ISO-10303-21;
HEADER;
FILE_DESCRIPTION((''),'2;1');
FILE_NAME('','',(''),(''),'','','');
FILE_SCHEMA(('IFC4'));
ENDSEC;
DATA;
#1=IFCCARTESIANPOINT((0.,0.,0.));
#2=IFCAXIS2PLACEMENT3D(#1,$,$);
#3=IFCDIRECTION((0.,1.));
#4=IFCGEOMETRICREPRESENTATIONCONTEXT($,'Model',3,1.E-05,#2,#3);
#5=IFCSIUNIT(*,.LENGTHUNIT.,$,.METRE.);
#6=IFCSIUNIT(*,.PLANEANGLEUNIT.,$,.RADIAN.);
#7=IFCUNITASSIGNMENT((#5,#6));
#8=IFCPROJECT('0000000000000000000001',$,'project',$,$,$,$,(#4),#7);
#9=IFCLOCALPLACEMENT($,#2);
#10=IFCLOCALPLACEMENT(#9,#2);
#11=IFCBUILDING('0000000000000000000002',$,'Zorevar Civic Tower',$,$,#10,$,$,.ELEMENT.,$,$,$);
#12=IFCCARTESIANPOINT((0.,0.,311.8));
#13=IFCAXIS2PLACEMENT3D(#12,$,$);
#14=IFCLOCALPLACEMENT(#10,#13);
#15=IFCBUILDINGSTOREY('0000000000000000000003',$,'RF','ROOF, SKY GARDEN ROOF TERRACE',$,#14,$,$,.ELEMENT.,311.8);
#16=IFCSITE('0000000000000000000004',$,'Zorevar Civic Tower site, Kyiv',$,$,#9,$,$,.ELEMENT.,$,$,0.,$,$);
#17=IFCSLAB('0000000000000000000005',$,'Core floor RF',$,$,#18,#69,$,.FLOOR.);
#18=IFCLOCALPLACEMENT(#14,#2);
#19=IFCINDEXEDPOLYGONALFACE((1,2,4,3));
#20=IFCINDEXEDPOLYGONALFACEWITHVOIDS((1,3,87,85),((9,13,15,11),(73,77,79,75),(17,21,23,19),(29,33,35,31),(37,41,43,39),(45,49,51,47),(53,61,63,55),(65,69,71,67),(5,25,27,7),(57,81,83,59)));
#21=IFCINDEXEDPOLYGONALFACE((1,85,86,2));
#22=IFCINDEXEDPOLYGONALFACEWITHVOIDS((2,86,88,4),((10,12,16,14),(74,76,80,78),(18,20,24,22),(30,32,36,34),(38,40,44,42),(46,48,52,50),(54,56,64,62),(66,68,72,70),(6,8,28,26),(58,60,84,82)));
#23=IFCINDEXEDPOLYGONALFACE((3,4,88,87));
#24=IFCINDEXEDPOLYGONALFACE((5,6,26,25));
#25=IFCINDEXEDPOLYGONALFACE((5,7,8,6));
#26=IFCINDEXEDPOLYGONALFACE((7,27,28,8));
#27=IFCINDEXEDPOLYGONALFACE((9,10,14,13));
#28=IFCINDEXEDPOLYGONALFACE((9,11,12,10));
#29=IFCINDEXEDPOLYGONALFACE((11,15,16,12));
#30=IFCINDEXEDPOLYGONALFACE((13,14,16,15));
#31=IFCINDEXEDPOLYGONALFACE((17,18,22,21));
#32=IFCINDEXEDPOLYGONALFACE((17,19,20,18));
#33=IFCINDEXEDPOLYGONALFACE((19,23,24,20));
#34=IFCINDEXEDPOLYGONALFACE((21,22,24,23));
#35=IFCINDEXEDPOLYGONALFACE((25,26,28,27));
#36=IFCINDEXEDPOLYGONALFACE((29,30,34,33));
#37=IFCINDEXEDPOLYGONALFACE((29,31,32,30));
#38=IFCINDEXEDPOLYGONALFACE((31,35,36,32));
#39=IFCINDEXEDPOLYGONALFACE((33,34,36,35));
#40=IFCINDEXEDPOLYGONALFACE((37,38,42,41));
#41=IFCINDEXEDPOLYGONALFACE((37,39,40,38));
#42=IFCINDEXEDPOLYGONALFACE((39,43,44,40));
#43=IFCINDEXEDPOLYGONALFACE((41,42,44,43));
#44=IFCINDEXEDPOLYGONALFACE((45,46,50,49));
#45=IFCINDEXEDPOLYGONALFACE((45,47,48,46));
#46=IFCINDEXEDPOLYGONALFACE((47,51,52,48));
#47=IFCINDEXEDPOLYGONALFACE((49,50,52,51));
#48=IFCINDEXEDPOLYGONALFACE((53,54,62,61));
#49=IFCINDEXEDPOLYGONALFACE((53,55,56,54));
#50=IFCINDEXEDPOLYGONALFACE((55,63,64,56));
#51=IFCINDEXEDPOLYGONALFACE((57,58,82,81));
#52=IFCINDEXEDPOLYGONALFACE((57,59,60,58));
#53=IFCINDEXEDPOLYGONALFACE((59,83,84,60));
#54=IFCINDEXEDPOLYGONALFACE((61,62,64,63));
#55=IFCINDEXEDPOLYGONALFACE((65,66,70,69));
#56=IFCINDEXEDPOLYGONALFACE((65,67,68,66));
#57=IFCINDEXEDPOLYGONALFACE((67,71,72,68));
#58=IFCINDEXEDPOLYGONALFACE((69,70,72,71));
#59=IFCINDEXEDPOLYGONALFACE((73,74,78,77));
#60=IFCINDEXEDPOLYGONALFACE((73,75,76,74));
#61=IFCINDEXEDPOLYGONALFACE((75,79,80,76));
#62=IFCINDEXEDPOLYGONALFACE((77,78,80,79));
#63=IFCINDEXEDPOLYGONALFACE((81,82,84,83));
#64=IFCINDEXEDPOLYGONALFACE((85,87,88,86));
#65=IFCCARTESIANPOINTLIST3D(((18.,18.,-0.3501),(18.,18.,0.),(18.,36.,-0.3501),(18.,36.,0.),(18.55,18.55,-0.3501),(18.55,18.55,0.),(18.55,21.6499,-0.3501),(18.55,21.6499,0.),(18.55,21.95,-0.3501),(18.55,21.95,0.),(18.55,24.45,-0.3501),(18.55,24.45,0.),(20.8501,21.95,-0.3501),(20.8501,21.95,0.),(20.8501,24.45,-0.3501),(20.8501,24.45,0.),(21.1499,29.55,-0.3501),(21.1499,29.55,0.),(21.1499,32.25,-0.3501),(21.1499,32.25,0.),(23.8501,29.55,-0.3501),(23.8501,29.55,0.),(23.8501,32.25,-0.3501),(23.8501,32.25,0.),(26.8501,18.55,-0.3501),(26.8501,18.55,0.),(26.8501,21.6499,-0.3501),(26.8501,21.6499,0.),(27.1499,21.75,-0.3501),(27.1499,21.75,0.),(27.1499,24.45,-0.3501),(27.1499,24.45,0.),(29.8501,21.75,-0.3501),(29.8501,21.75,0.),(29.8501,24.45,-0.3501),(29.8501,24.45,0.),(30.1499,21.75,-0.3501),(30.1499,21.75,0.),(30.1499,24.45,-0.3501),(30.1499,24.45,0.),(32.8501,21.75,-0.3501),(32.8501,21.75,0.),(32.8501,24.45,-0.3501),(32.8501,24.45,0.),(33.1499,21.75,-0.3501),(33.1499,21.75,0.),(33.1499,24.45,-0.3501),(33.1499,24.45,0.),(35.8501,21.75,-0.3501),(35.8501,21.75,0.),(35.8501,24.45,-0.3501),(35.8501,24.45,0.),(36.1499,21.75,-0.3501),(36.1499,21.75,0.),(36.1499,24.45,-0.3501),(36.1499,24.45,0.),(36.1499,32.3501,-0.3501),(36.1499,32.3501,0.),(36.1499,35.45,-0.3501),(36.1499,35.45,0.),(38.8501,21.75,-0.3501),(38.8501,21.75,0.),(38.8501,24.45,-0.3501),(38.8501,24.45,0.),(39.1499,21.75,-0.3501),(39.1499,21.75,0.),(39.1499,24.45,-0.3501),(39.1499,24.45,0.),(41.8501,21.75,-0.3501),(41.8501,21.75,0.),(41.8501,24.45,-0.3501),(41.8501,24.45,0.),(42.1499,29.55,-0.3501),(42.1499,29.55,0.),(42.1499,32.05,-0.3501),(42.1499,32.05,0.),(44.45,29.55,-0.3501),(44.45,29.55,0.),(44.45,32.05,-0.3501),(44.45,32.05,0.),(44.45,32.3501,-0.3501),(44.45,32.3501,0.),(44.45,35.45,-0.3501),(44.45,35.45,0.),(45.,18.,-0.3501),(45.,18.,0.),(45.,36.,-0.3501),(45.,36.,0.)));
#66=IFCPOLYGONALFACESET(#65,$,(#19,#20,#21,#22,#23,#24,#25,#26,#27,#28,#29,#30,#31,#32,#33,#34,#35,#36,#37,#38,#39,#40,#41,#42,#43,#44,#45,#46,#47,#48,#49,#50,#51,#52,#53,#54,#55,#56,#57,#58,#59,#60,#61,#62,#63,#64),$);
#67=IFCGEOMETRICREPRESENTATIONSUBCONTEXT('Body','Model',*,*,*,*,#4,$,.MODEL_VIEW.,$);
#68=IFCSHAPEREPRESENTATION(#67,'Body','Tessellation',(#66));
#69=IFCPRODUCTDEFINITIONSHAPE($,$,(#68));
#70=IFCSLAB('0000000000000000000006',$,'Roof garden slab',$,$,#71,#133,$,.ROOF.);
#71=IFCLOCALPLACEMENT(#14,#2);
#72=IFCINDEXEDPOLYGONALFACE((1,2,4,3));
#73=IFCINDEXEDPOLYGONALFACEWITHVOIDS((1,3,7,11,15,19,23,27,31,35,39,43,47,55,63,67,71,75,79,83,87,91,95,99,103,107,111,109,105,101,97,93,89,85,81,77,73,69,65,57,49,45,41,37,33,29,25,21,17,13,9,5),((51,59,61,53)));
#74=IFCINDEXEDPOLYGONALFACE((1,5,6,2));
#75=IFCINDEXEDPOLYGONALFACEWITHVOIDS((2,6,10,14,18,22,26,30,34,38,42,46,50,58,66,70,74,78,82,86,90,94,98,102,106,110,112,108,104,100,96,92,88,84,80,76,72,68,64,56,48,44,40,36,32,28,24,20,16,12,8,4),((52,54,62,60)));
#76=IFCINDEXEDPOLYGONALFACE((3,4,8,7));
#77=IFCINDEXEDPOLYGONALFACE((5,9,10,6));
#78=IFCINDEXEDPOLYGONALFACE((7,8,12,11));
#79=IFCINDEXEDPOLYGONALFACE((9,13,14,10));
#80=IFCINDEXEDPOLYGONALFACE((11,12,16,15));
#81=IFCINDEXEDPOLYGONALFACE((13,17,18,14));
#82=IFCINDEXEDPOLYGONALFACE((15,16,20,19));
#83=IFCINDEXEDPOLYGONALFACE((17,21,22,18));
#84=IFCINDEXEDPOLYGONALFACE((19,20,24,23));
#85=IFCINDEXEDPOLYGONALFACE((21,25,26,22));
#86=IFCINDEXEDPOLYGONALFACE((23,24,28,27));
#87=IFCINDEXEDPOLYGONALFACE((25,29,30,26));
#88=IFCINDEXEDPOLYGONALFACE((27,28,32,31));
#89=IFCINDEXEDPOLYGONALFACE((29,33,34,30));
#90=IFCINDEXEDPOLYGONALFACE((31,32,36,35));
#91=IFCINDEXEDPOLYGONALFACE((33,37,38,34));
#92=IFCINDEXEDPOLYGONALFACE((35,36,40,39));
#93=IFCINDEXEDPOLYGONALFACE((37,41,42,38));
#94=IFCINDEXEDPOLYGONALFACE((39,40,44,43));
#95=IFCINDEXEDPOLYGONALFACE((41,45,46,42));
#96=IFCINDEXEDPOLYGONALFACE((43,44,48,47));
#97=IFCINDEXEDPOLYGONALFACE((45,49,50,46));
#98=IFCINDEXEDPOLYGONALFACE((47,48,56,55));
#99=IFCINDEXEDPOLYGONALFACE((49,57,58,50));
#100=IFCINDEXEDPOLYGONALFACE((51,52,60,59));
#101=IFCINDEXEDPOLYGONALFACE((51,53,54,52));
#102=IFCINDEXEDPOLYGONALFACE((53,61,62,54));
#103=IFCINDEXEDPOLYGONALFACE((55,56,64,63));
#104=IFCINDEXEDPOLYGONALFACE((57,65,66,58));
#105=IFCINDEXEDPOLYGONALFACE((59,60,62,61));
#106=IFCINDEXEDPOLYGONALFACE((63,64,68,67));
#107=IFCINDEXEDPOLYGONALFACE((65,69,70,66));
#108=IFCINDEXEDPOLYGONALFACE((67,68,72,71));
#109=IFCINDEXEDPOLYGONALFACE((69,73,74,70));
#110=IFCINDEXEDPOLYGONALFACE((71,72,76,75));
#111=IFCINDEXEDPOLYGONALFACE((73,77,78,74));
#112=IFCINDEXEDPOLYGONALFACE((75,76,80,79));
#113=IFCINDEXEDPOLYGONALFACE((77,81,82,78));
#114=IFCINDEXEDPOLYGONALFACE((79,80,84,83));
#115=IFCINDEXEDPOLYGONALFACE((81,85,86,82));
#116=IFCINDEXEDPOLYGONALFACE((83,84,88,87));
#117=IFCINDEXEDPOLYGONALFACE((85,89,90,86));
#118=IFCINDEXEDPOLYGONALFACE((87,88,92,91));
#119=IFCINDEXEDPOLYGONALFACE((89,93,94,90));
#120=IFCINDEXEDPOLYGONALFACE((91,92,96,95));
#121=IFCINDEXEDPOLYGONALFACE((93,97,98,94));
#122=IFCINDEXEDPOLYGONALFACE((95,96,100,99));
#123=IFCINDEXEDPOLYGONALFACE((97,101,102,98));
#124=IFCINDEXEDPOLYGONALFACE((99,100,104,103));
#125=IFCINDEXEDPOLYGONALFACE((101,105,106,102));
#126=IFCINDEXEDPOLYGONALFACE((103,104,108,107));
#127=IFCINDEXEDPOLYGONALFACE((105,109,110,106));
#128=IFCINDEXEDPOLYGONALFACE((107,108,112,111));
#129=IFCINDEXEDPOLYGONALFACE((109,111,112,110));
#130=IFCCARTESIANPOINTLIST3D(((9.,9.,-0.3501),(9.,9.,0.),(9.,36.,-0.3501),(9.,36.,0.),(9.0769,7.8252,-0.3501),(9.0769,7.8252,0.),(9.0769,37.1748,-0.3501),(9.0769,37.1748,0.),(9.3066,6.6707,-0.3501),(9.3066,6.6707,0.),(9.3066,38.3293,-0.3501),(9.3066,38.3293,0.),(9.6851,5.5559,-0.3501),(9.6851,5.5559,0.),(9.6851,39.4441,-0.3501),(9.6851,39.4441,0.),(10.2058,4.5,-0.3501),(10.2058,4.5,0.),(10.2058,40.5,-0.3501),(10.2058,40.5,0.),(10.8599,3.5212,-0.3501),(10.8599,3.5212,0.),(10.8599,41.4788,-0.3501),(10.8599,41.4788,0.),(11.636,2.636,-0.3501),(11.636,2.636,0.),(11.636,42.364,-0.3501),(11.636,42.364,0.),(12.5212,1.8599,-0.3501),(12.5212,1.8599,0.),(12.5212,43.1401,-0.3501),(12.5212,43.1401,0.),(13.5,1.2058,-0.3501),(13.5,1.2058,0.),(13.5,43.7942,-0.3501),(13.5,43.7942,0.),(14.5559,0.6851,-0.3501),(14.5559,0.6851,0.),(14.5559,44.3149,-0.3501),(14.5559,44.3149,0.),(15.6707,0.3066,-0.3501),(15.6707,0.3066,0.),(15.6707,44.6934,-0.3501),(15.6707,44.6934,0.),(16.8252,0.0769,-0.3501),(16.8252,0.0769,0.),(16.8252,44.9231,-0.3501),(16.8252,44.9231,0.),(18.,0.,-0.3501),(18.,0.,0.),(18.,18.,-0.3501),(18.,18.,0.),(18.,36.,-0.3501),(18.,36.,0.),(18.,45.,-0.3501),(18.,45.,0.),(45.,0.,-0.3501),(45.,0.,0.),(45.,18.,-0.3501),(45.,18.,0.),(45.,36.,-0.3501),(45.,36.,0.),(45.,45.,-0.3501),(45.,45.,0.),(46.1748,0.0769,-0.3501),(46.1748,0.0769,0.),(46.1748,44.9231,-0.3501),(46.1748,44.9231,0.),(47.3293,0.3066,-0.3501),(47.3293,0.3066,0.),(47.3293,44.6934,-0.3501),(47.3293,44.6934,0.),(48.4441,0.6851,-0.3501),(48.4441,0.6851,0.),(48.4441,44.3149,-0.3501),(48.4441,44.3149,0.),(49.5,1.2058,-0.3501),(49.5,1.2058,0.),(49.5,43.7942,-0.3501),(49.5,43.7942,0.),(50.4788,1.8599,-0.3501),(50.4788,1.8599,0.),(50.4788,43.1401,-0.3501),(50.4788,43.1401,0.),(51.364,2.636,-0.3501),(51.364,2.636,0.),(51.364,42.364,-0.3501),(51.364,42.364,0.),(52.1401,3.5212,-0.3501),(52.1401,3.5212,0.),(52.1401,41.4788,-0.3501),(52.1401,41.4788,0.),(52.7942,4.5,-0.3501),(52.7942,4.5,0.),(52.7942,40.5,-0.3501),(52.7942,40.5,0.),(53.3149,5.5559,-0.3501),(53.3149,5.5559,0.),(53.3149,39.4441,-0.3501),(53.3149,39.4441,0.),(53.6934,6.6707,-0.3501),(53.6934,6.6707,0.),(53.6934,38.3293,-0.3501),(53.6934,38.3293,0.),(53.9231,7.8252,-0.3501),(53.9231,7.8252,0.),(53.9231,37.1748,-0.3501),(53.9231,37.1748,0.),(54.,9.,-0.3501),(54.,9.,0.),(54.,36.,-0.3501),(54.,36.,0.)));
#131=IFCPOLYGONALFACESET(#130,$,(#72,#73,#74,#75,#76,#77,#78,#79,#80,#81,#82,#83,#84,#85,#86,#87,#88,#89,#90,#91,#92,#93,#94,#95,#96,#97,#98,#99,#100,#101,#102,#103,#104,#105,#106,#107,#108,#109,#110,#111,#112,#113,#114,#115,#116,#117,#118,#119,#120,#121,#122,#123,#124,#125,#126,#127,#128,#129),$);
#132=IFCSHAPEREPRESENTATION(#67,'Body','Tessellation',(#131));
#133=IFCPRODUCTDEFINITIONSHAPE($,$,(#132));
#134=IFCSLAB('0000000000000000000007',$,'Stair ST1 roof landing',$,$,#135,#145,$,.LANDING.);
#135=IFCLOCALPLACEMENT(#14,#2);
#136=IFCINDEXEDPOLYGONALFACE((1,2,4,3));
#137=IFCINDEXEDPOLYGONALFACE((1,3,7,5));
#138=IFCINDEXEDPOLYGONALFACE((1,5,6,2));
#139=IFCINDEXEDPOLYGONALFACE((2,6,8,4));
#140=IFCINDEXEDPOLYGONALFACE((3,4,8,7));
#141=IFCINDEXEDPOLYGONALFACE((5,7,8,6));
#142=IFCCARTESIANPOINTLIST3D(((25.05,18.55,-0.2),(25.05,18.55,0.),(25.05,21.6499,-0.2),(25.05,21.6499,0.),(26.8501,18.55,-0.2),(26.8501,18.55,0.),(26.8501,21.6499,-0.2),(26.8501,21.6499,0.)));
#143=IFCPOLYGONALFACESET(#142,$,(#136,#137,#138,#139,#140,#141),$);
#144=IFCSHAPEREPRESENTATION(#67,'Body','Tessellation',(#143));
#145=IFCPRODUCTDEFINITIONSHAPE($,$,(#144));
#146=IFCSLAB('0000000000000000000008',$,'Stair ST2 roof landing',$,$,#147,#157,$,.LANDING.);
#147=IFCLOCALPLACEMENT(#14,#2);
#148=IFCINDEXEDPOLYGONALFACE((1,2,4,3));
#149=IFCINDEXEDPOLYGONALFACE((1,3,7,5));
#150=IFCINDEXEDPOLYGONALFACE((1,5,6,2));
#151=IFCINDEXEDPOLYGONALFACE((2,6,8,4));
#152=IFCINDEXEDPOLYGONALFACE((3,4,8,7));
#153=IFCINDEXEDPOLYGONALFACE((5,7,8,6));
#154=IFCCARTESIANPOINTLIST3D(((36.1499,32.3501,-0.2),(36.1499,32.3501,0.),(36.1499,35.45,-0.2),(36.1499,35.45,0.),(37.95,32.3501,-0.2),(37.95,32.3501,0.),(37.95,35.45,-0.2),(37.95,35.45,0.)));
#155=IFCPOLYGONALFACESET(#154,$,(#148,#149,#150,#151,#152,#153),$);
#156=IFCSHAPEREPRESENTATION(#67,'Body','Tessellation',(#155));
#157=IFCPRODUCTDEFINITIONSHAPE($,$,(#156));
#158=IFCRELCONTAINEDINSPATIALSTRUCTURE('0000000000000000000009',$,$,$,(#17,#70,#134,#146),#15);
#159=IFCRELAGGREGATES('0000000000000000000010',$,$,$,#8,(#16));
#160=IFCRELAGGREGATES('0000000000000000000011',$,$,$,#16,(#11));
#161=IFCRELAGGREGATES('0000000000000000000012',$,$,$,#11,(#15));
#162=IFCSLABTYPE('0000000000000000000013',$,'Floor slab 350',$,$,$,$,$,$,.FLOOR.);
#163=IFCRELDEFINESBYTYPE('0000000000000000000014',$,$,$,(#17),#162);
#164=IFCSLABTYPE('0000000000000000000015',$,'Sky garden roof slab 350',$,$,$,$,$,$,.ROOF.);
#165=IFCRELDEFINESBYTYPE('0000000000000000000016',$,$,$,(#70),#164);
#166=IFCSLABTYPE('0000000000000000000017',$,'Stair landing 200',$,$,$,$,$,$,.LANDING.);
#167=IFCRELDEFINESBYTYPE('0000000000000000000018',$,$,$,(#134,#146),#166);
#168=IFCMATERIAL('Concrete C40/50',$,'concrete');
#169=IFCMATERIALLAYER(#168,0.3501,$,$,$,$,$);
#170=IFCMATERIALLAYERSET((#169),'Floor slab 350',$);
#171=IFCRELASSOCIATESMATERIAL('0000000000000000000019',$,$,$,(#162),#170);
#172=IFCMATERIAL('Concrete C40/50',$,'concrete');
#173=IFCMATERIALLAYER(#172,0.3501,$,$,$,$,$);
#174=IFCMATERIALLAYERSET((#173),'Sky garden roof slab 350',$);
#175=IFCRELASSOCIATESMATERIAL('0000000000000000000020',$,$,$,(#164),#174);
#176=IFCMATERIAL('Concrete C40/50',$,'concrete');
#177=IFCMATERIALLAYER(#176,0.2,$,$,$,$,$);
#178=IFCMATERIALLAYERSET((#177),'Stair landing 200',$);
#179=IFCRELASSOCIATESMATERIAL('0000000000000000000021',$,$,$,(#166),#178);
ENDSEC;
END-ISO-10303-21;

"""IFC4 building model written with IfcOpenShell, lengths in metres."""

from ifc_helpers import new_model, si_unit, direction, frame, origin, place, context, subcontext, project, spatial, polyline, outline, extrude, material, layer, layer_set, type_object, element, save


model = new_model("IFC4")

# Units and contexts
model_context = context("Model", 3, precision=1e-05, world=origin(), true_north=direction((0.0, 1.0)))
body_context = subcontext(model_context, "Body", "Model", "MODEL_VIEW")
ifc_project = project(units=[si_unit("LENGTHUNIT", "METRE"), si_unit("PLANEANGLEUNIT", "RADIAN")], contexts=[model_context])

# Site, building, storey
site_placement = place(None, origin())
site = spatial("IfcSite", under=ifc_project, at=site_placement, Name="Zorevar Civic Tower site, Kyiv", CompositionType="ELEMENT", RefElevation=0.0)
building_placement = place(site_placement, origin())
building = spatial("IfcBuilding", under=site, at=building_placement, Name="Zorevar Civic Tower", CompositionType="ELEMENT")
storey_placement = place(building_placement, frame((0.0, 0.0, 311.8)))
storey = spatial("IfcBuildingStorey", under=building, at=storey_placement, Name="RF", Description="ROOF, SKY GARDEN ROOF TERRACE", CompositionType="ELEMENT", Elevation=311.8)

# Slabs
ifc_material_1 = material(Name="Concrete C40/50", Category="concrete")
ifc_layer_1 = layer(ifc_material_1, 0.3501)
ifc_layer_set_1 = layer_set([ifc_layer_1], Name="Floor slab 350")
slab_type_1 = type_object("IfcSlabType", Name="Floor slab 350", PredefinedType="FLOOR", material=ifc_layer_set_1)
slab_1_placement = place(storey_placement, frame((0.0, 0.0, -0.3501)))
element("IfcSlab", 1, at=slab_1_placement, inside=storey, type_object=slab_type_1, Name="Core floor RF", PredefinedType="FLOOR", context=body_context, shape_type="SweptSolid", body=[
    extrude(outline(polyline([(18.0, 18.0), (45.0, 18.0), (45.0, 36.0), (18.0, 36.0), (18.0, 18.0)]), holes=[polyline([(18.55, 18.55), (26.8501, 18.55), (26.8501, 21.6499), (18.55, 21.6499), (18.55, 18.55)]), polyline([(36.1499, 32.3501), (44.45, 32.3501), (44.45, 35.45), (36.1499, 35.45), (36.1499, 32.3501)]), polyline([(18.55, 21.95), (20.8501, 21.95), (20.8501, 24.45), (18.55, 24.45), (18.55, 21.95)]), polyline([(42.1499, 29.55), (44.45, 29.55), (44.45, 32.05), (42.1499, 32.05), (42.1499, 29.55)]), polyline([(27.1499, 21.75), (29.8501, 21.75), (29.8501, 24.45), (27.1499, 24.45), (27.1499, 21.75)]), polyline([(30.1499, 21.75), (32.8501, 21.75), (32.8501, 24.45), (30.1499, 24.45), (30.1499, 21.75)]), polyline([(33.1499, 21.75), (35.8501, 21.75), (35.8501, 24.45), (33.1499, 24.45), (33.1499, 21.75)]), polyline([(36.1499, 21.75), (38.8501, 21.75), (38.8501, 24.45), (36.1499, 24.45), (36.1499, 21.75)]), polyline([(39.1499, 21.75), (41.8501, 21.75), (41.8501, 24.45), (39.1499, 24.45), (39.1499, 21.75)]), polyline([(21.1499, 29.55), (23.8501, 29.55), (23.8501, 32.25), (21.1499, 32.25), (21.1499, 29.55)])]), origin(), (0.0, 0.0, 1.0), 0.3501),
])
ifc_material_2 = material(Name="Concrete C40/50", Category="concrete")
ifc_layer_2 = layer(ifc_material_2, 0.3501)
ifc_layer_set_2 = layer_set([ifc_layer_2], Name="Sky garden roof slab 350")
slab_type_2 = type_object("IfcSlabType", Name="Sky garden roof slab 350", PredefinedType="ROOF", material=ifc_layer_set_2)
slab_2_placement = place(storey_placement, frame((0.0, 0.0, -0.3501)))
element("IfcSlab", 2, at=slab_2_placement, inside=storey, type_object=slab_type_2, Name="Roof garden slab", PredefinedType="ROOF", context=body_context, shape_type="SweptSolid", body=[
    extrude(outline(polyline([(45.0, 0.0), (46.1748, 0.0769), (47.3293, 0.3066), (48.4441, 0.6851), (49.5, 1.2058), (50.4788, 1.8599), (51.364, 2.636), (52.1401, 3.5212), (52.7942, 4.5), (53.3149, 5.5559), (53.6934, 6.6707), (53.9231, 7.8252), (54.0, 9.0), (54.0, 36.0), (53.9231, 37.1748), (53.6934, 38.3293), (53.3149, 39.4441), (52.7942, 40.5), (52.1401, 41.4788), (51.364, 42.364), (50.4788, 43.1401), (49.5, 43.7942), (48.4441, 44.3149), (47.3293, 44.6934), (46.1748, 44.9231), (45.0, 45.0), (18.0, 45.0), (16.8252, 44.9231), (15.6707, 44.6934), (14.5559, 44.3149), (13.5, 43.7942), (12.5212, 43.1401), (11.636, 42.364), (10.8599, 41.4788), (10.2058, 40.5), (9.6851, 39.4441), (9.3066, 38.3293), (9.0769, 37.1748), (9.0, 36.0), (9.0, 9.0), (9.0769, 7.8252), (9.3066, 6.6707), (9.6851, 5.5559), (10.2058, 4.5), (10.8599, 3.5212), (11.636, 2.636), (12.5212, 1.8599), (13.5, 1.2058), (14.5559, 0.6851), (15.6707, 0.3066), (16.8252, 0.0769), (18.0, 0.0), (45.0, 0.0)]), holes=[polyline([(18.0, 18.0), (45.0, 18.0), (45.0, 36.0), (18.0, 36.0), (18.0, 18.0)])]), origin(), (0.0, 0.0, 1.0), 0.3501),
])
ifc_material_3 = material(Name="Concrete C40/50", Category="concrete")
ifc_layer_3 = layer(ifc_material_3, 0.2)
ifc_layer_set_3 = layer_set([ifc_layer_3], Name="Stair landing 200")
slab_type_3 = type_object("IfcSlabType", Name="Stair landing 200", PredefinedType="LANDING", material=ifc_layer_set_3)
slab_3_placement = place(storey_placement, frame((0.0, 0.0, -0.2)))
element("IfcSlab", 3, at=slab_3_placement, inside=storey, type_object=slab_type_3, Name="Stair ST1 roof landing", PredefinedType="LANDING", context=body_context, shape_type="SweptSolid", body=[
    extrude(outline(polyline([(25.05, 18.55), (26.8501, 18.55), (26.8501, 21.6499), (25.05, 21.6499), (25.05, 18.55)])), origin(), (0.0, 0.0, 1.0), 0.2),
])
slab_4_placement = place(storey_placement, frame((0.0, 0.0, -0.2)))
element("IfcSlab", 4, at=slab_4_placement, inside=storey, type_object=slab_type_3, Name="Stair ST2 roof landing", PredefinedType="LANDING", context=body_context, shape_type="SweptSolid", body=[
    extrude(outline(polyline([(37.95, 32.3501), (36.1499, 32.3501), (36.1499, 35.45), (37.95, 35.45), (37.95, 32.3501)])), origin(), (0.0, 0.0, 1.0), 0.2),
])

save(model, "model.ifc")
